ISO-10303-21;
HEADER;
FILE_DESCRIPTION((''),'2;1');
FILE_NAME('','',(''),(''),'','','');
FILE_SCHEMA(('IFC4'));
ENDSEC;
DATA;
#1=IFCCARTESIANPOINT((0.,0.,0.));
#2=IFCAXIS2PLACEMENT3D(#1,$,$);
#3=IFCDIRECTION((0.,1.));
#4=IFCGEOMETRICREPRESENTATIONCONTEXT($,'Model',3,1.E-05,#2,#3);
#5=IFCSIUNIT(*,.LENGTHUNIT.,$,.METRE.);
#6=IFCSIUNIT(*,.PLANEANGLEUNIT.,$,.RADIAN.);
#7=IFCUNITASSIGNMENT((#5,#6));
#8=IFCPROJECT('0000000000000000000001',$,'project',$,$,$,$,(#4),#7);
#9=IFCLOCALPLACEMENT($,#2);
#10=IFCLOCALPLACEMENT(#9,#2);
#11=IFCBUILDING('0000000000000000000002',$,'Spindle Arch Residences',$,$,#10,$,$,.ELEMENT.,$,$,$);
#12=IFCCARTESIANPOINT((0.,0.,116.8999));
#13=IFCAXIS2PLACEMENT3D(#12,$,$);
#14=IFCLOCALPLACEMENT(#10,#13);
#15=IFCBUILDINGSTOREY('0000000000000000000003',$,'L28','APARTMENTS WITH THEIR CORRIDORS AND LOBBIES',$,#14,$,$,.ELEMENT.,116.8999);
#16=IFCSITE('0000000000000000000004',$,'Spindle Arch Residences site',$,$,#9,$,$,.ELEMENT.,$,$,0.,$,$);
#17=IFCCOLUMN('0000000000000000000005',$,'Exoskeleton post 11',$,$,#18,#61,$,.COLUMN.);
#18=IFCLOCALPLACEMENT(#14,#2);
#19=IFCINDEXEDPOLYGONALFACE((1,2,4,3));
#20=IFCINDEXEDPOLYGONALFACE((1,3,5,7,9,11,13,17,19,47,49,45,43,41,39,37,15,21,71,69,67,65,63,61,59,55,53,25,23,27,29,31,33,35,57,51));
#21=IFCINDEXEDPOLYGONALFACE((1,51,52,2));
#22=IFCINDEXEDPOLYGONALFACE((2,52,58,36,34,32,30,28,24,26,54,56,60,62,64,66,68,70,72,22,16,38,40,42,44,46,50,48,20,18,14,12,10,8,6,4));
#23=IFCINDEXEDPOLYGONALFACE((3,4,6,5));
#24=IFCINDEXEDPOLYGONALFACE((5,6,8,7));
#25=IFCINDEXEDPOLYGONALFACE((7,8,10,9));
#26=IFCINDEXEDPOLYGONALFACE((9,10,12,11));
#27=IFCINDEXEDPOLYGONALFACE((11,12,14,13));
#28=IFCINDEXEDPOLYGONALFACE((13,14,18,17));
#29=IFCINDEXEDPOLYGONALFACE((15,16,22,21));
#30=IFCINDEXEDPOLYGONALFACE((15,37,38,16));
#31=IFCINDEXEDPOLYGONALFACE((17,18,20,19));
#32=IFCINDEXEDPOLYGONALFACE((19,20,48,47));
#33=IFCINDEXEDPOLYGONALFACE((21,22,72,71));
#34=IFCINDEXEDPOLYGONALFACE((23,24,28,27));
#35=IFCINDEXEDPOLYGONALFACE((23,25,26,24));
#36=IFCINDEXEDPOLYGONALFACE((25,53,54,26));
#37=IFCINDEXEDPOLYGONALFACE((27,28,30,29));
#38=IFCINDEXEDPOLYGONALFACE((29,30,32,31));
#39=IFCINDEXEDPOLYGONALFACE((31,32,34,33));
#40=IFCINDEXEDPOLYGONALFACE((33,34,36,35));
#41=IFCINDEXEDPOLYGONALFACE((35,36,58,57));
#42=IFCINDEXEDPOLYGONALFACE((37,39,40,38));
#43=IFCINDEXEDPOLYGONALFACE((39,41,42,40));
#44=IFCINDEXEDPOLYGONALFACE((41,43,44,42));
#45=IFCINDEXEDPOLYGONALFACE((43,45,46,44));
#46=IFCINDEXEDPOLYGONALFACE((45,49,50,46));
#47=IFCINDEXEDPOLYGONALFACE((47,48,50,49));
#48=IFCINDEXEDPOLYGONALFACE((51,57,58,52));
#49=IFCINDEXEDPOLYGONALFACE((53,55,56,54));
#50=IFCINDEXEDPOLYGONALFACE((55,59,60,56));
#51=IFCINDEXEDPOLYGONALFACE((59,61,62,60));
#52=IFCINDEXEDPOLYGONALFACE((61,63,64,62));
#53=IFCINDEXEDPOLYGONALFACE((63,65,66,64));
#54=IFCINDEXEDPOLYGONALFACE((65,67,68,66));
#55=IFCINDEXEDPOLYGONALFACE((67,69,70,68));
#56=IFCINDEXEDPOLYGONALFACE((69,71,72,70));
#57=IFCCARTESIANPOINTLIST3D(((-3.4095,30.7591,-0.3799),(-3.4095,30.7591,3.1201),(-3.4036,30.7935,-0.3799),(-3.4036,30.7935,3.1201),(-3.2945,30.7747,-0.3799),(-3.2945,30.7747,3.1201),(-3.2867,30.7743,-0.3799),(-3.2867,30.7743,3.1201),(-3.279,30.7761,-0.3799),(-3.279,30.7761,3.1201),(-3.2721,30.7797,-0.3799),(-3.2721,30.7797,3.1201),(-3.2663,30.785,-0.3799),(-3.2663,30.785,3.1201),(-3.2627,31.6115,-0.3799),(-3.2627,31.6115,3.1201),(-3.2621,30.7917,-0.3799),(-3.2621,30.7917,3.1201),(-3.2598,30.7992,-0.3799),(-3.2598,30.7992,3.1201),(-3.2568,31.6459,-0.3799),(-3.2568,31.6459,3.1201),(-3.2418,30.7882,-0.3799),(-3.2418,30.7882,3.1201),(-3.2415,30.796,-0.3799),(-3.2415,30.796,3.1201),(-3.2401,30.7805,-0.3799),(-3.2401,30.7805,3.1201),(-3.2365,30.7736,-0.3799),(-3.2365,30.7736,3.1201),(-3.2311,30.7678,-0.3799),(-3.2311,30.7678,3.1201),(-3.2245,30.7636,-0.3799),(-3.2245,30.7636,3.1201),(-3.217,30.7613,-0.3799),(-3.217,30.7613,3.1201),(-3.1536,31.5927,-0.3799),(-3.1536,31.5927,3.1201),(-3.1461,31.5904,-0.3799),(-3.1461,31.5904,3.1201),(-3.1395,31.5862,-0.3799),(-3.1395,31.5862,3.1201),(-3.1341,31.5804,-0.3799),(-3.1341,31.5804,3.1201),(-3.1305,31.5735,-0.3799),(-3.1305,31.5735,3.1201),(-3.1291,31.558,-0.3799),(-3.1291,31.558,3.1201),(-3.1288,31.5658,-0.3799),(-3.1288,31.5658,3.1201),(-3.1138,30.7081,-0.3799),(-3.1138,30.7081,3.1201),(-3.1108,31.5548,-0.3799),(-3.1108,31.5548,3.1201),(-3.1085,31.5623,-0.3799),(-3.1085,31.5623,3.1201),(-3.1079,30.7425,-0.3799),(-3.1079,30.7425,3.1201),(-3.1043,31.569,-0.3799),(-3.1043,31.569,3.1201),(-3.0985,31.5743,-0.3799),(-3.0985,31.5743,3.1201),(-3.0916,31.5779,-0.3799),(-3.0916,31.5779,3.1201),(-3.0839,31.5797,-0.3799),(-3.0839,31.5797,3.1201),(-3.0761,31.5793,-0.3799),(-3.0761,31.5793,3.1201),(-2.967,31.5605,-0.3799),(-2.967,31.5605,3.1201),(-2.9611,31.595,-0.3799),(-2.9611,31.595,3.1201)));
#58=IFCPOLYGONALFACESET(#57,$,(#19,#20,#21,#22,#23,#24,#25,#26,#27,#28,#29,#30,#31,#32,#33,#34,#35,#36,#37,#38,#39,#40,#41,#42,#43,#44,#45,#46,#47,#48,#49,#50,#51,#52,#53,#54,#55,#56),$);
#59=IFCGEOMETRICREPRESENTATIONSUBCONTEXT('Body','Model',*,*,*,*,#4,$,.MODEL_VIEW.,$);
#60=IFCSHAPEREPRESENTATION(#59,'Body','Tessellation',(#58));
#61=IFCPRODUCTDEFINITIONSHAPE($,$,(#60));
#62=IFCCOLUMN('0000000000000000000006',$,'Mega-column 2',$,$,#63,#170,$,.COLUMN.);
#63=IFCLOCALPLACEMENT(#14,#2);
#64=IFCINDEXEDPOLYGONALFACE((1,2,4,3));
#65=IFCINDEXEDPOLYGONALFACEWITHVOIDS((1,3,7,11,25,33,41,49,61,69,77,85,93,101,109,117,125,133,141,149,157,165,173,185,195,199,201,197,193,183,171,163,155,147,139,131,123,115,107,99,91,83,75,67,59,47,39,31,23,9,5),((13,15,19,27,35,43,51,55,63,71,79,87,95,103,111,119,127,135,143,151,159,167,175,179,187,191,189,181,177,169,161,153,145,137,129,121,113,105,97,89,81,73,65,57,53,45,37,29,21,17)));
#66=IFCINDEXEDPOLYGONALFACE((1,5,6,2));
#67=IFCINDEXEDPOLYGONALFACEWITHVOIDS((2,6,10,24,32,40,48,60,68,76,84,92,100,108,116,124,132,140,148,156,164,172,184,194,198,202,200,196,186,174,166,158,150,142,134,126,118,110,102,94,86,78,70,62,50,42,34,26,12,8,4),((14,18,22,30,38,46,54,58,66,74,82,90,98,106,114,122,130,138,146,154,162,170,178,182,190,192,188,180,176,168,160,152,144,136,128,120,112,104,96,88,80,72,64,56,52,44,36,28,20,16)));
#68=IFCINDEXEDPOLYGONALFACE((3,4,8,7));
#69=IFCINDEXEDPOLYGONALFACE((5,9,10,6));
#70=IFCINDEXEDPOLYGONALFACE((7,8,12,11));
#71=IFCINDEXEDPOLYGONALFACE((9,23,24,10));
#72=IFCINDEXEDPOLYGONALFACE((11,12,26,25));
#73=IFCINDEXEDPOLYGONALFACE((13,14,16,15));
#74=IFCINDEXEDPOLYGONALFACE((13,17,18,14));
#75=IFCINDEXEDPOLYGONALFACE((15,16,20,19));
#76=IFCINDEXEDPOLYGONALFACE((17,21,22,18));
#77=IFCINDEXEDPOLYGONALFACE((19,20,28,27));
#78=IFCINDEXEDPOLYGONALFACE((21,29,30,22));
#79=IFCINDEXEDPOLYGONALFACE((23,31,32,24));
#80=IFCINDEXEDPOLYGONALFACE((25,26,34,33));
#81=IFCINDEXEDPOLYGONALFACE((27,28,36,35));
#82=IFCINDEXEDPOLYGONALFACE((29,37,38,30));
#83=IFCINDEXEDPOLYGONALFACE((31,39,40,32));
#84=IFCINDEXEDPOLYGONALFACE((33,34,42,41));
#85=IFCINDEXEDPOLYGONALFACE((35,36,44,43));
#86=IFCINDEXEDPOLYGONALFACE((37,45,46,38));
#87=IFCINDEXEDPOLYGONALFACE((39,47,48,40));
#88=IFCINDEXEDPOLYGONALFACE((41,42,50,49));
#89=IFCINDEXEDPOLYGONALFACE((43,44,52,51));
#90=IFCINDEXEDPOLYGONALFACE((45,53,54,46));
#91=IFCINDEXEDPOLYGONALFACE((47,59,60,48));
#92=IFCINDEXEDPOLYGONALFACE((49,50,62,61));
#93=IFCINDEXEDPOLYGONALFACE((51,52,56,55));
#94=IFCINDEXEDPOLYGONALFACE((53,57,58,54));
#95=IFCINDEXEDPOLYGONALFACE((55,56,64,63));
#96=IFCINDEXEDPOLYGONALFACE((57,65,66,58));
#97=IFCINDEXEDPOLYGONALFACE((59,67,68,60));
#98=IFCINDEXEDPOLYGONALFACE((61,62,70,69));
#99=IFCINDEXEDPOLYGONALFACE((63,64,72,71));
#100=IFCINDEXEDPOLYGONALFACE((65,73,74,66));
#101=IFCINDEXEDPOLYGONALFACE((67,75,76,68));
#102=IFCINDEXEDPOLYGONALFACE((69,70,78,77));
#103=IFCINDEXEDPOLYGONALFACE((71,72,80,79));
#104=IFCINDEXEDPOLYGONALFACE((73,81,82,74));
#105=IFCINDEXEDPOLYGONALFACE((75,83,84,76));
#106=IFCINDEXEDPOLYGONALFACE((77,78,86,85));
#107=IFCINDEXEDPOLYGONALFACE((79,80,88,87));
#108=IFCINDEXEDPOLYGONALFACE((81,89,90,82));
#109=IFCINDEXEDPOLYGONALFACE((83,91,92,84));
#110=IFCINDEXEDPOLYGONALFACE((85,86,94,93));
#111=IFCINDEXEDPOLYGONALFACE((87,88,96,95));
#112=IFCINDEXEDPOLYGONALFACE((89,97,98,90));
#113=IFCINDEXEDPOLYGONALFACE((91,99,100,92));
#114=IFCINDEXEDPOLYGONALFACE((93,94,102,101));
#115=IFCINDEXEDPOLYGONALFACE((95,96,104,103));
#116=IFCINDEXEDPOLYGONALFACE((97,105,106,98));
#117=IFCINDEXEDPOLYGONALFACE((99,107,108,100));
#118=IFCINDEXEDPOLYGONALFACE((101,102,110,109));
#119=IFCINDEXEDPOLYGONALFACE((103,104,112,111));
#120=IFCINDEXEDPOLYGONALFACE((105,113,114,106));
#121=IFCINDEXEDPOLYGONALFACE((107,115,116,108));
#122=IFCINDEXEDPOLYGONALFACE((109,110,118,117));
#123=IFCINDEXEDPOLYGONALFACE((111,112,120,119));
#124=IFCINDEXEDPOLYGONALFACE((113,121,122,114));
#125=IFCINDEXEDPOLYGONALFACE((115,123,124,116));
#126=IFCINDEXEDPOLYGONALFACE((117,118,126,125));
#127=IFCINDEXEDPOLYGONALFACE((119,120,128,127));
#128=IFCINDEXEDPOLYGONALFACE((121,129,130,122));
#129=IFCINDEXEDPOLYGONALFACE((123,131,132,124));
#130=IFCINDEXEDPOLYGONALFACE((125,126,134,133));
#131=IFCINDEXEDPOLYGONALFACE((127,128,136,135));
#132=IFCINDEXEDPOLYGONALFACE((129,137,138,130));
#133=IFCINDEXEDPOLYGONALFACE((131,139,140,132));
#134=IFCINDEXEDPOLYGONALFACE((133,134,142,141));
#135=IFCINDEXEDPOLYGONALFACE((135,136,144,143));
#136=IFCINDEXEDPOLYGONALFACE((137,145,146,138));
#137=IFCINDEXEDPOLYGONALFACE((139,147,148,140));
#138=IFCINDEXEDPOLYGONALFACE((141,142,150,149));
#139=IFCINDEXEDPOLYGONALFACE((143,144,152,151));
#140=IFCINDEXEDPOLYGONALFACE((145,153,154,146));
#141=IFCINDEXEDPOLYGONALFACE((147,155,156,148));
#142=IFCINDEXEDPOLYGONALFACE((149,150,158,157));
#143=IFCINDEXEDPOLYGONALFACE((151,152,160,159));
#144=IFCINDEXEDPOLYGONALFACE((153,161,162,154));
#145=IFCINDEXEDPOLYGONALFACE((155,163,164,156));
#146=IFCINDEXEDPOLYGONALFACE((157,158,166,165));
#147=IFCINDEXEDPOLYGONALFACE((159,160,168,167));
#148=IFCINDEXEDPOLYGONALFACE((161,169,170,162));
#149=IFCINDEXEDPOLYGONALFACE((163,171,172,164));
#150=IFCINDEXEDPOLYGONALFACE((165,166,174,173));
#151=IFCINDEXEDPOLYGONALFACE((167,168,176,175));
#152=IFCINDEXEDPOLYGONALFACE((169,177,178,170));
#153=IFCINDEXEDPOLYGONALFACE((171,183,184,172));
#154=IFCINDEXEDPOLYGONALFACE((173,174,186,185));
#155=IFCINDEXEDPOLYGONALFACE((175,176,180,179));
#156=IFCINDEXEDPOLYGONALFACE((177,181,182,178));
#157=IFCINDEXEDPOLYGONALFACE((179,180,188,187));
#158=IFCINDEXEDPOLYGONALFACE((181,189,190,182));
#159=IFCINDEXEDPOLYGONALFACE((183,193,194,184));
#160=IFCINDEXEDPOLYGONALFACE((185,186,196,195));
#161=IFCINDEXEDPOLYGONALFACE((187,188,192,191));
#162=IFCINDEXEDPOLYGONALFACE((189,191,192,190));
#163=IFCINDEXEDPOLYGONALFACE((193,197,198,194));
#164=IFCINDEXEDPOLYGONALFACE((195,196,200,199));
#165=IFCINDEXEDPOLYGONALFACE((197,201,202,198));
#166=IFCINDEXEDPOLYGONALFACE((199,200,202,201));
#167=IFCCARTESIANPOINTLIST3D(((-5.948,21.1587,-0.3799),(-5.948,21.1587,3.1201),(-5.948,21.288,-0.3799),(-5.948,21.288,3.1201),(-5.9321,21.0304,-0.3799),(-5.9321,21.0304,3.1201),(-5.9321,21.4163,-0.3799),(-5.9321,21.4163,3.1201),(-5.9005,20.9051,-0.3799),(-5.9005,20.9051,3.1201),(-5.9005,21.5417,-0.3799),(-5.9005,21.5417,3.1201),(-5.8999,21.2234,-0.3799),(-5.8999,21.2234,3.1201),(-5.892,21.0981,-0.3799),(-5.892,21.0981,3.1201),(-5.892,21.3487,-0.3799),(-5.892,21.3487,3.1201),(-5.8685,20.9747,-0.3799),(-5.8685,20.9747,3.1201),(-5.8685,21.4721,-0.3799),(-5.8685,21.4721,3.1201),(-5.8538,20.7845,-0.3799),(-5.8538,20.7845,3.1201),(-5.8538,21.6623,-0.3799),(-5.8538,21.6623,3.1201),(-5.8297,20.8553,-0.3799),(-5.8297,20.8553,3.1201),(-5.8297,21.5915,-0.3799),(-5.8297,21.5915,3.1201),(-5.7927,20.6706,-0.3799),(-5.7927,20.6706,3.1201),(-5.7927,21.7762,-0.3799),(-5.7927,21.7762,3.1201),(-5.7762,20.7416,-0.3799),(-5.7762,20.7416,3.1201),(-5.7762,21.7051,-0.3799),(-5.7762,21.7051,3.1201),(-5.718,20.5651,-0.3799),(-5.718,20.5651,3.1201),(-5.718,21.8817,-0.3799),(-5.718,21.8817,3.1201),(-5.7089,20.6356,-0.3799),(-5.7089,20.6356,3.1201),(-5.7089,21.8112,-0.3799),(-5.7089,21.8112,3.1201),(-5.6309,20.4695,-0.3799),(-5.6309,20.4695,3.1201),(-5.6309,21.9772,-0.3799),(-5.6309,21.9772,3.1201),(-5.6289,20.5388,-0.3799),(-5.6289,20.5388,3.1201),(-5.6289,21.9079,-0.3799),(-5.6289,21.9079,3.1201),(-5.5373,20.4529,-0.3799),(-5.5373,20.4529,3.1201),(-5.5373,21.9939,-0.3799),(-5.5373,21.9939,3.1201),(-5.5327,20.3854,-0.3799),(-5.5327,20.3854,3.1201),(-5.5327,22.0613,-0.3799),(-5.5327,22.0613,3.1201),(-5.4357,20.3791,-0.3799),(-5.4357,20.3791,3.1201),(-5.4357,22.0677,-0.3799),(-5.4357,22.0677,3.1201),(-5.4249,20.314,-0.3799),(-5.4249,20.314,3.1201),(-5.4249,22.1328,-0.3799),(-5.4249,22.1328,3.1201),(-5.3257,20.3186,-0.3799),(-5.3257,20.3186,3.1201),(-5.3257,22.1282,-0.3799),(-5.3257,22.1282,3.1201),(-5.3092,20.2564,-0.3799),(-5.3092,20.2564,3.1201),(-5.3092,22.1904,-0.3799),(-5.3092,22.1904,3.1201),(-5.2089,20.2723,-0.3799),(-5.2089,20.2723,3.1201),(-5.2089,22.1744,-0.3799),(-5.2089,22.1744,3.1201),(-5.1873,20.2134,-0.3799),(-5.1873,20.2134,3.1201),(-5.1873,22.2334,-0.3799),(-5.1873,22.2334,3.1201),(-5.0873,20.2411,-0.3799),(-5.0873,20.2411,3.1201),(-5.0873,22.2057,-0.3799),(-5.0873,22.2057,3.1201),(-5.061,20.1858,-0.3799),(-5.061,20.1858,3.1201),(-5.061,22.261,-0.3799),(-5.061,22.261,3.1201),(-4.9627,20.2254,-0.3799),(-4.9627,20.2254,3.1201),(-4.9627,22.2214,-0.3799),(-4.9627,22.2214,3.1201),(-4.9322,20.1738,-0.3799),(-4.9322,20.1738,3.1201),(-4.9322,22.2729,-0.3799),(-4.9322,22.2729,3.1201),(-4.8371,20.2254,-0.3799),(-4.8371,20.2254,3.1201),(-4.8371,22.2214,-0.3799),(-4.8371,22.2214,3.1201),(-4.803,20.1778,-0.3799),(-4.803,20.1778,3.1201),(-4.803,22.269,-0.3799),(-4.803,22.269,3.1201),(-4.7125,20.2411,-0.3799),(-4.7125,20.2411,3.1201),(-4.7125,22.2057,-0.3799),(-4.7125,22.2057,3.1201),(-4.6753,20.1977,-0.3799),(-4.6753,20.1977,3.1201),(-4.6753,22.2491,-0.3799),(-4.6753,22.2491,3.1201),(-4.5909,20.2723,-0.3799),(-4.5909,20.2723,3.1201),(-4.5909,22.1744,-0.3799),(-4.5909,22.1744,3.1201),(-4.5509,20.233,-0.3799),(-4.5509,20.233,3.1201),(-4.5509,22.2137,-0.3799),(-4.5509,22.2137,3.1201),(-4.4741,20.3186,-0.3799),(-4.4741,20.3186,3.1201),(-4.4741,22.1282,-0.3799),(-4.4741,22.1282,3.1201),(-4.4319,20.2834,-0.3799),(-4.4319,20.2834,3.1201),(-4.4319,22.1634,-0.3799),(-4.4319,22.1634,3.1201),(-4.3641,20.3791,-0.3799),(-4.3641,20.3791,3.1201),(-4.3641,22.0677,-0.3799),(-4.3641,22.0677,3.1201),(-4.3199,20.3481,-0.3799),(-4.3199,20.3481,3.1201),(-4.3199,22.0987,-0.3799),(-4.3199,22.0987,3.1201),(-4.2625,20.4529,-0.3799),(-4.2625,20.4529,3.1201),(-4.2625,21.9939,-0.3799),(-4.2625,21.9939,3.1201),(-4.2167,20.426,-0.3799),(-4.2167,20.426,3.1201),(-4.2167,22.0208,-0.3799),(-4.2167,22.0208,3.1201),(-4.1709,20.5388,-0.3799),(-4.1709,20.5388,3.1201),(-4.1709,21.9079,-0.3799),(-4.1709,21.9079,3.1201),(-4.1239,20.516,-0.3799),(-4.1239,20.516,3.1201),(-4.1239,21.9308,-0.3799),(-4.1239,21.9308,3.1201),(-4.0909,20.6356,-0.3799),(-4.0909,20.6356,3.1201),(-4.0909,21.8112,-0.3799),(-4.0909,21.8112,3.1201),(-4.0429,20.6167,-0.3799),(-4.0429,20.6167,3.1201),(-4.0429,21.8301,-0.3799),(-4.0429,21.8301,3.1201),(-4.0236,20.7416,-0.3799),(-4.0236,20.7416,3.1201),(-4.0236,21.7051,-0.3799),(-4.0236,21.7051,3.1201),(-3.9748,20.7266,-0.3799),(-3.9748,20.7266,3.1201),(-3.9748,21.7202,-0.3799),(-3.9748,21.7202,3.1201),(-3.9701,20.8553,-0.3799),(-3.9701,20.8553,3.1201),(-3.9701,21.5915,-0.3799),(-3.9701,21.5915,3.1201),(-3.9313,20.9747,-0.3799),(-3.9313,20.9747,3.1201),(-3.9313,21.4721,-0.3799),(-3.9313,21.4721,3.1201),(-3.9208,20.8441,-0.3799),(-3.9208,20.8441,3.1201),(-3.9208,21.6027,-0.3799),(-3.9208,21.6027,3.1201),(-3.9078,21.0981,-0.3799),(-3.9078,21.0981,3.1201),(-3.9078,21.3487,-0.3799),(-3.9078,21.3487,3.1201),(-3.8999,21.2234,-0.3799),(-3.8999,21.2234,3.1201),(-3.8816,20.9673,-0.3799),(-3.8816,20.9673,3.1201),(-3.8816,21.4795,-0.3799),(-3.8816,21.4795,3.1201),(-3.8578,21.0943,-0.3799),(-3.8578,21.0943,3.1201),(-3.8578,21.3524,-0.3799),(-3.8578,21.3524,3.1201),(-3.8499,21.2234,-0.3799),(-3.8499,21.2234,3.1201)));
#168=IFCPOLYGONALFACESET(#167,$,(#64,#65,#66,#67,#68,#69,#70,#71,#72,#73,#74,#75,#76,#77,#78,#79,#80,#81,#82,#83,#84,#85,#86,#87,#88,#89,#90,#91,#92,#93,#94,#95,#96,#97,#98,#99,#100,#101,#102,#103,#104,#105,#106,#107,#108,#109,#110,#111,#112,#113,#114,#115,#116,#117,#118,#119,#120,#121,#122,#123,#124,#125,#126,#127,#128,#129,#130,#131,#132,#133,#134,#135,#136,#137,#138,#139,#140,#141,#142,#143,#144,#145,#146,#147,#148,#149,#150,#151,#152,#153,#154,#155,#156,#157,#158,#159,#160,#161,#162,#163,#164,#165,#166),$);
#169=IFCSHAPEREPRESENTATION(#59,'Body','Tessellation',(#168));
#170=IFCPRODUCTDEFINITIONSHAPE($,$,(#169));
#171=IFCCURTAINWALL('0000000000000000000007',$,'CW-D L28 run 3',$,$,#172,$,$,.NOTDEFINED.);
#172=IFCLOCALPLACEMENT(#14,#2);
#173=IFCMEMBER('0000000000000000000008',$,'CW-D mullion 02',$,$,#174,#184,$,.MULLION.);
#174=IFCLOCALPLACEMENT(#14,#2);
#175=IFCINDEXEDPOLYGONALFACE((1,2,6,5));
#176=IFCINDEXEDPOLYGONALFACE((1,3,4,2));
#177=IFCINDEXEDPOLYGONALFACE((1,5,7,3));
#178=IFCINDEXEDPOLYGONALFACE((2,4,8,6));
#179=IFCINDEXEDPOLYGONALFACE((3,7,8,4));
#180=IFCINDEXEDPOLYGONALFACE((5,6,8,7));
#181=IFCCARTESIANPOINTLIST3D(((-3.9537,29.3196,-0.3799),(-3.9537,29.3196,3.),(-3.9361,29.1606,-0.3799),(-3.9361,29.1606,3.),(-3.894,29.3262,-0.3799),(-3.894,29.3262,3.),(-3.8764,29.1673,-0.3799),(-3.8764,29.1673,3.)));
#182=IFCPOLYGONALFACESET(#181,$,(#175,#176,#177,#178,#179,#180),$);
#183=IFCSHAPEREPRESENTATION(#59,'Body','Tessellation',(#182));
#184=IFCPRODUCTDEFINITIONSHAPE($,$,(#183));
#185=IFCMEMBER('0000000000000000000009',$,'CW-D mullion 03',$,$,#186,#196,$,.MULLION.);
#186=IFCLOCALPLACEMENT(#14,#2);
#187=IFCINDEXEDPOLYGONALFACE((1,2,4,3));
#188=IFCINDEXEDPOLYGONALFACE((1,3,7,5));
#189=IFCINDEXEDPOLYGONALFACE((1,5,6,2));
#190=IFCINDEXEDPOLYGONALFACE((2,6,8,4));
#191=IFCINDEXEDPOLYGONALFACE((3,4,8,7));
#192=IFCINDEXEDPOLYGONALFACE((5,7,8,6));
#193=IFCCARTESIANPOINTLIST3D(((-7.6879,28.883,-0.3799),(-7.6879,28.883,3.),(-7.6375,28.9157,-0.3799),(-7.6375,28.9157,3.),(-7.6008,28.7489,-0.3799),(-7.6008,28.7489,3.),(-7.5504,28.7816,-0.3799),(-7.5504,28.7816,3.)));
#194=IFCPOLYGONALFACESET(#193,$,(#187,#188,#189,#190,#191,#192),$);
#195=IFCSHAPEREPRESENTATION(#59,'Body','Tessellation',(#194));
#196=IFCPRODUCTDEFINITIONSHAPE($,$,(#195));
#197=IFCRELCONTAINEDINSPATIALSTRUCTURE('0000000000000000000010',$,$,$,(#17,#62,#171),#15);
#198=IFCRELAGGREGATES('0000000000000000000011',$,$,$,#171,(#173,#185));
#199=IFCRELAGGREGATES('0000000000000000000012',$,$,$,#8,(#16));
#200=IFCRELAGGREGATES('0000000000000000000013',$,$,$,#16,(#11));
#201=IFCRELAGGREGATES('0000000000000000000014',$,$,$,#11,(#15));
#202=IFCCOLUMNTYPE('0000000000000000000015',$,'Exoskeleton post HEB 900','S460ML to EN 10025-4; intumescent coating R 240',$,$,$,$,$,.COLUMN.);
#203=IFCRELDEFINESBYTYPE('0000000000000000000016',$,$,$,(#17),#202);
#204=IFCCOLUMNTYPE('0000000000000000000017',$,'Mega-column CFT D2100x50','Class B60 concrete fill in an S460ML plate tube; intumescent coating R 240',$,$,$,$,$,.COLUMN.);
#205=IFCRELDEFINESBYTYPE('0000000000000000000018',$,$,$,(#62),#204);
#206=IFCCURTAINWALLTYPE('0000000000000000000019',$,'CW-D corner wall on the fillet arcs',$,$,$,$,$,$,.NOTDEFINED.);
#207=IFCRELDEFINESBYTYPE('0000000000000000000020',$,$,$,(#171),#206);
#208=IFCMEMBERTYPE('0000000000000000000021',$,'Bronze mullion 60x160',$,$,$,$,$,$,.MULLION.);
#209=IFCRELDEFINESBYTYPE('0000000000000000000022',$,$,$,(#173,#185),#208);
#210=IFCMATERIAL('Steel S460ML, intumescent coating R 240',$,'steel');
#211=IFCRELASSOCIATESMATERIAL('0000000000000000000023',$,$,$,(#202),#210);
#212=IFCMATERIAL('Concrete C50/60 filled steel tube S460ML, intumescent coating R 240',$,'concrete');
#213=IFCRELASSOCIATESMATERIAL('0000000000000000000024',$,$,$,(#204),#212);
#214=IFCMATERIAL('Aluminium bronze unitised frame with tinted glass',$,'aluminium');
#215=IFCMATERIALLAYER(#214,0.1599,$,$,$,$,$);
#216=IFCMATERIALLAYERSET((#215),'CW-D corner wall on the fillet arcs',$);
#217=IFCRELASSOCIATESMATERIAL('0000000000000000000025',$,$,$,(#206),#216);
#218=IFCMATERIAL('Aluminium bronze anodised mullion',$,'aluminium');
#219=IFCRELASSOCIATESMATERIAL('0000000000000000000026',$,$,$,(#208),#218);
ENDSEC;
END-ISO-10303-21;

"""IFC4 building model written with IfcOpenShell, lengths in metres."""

from ifc_helpers import new_model, si_unit, direction, frame, origin, origin_2d, place, context, subcontext, project, spatial, rectangle, hollow_circle, i_section, extrude, material, layer, layer_set, material_profile, profile_set, type_object, element, aggregate, save


model = new_model("IFC4")

# Units and contexts
model_context = context("Model", 3, precision=1e-05, world=origin(), true_north=direction((0.0, 1.0)))
body_context = subcontext(model_context, "Body", "Model", "MODEL_VIEW")
ifc_project = project(units=[si_unit("LENGTHUNIT", "METRE"), si_unit("PLANEANGLEUNIT", "RADIAN")], contexts=[model_context])

# Site, building, storey
site_placement = place(None, origin())
site = spatial("IfcSite", under=ifc_project, at=site_placement, Name="Spindle Arch Residences site", CompositionType="ELEMENT", RefElevation=0.0)
building_placement = place(site_placement, origin())
building = spatial("IfcBuilding", under=site, at=building_placement, Name="Spindle Arch Residences", CompositionType="ELEMENT")
storey_placement = place(building_placement, frame((0.0, 0.0, 116.8999)))
storey = spatial("IfcBuildingStorey", under=building, at=storey_placement, Name="L28", Description="APARTMENTS WITH THEIR CORRIDORS AND LOBBIES", CompositionType="ELEMENT", Elevation=116.8999)

# Columns
ifc_material_1 = material(Name="Steel S460ML, intumescent coating R 240", Category="steel")
ifc_material_profile_1 = material_profile(ifc_material_1, i_section(OverallWidth=0.3, OverallDepth=0.8999, WebThickness=0.0186, FlangeThickness=0.0349, FilletRadius=0.03, at=origin_2d()), Name="HEB 900")
ifc_profile_set_1 = profile_set([ifc_material_profile_1], Name="Steel S460ML, intumescent coating R 240")
column_type_1 = type_object("IfcColumnType", Name="Exoskeleton post HEB 900", Description="S460ML to EN 10025-4; intumescent coating R 240", PredefinedType="COLUMN", material=ifc_profile_set_1)
column_1_placement = place(storey_placement, frame((-3.1853, 31.177, -0.3799), z_axis=(0.0, 0.0, 1.0), x_axis=(0.985485, -0.169765, 0.0)))
element("IfcColumn", 1, at=column_1_placement, inside=storey, type_object=column_type_1, Name="Exoskeleton post 11", PredefinedType="COLUMN", context=body_context, shape_type="SweptSolid", body=[
    extrude(i_section(OverallWidth=0.3, OverallDepth=0.8999, WebThickness=0.0186, FlangeThickness=0.0349, FilletRadius=0.03, at=origin_2d()), origin(), (0.0, 0.0, 1.0), 3.5),
])
ifc_material_2 = material(Name="Concrete C50/60 filled steel tube S460ML, intumescent coating R 240", Category="concrete")
ifc_material_profile_2 = material_profile(ifc_material_2, hollow_circle(Radius=1.05, WallThickness=0.05, at=origin_2d()), Name="CFT D2100x50")
ifc_profile_set_2 = profile_set([ifc_material_profile_2], Name="Concrete C50/60 filled steel tube S460ML, intumescent coating R 240")
column_type_2 = type_object("IfcColumnType", Name="Mega-column CFT D2100x50", Description="Class B60 concrete fill in an S460ML plate tube; intumescent coating R 240", PredefinedType="COLUMN", material=ifc_profile_set_2)
column_2_placement = place(storey_placement, frame((-4.8999, 21.2234, -0.3799), z_axis=(0.0, 0.0, 1.0), x_axis=(1.0, 0.0, 0.0)))
element("IfcColumn", 2, at=column_2_placement, inside=storey, type_object=column_type_2, Name="Mega-column 2", PredefinedType="COLUMN", context=body_context, shape_type="SweptSolid", body=[
    extrude(hollow_circle(Radius=1.05, WallThickness=0.05, at=origin_2d()), origin(), (0.0, 0.0, 1.0), 3.5),
])

# Curtain wall, members
ifc_material_3 = material(Name="Aluminium bronze unitised frame with tinted glass", Category="aluminium")
ifc_layer_1 = layer(ifc_material_3, 0.1599)
ifc_layer_set_1 = layer_set([ifc_layer_1], Name="CW-D corner wall on the fillet arcs")
curtain_wall_type = type_object("IfcCurtainWallType", Name="CW-D corner wall on the fillet arcs", PredefinedType="NOTDEFINED", material=ifc_layer_set_1)
curtain_wall_placement = place(storey_placement, origin())
curtain_wall = element("IfcCurtainWall", 3, at=curtain_wall_placement, inside=storey, type_object=curtain_wall_type, Name="CW-D L28 run 3", PredefinedType="NOTDEFINED")
ifc_material_4 = material(Name="Aluminium bronze anodised mullion", Category="aluminium")
ifc_material_profile_3 = material_profile(ifc_material_4, rectangle(XDim=0.1599, YDim=0.0601, at=origin_2d()), Name="MU 60x160")
ifc_profile_set_3 = profile_set([ifc_material_profile_3], Name="Aluminium bronze anodised mullion")
member_type_1 = type_object("IfcMemberType", Name="Bronze mullion 60x160", PredefinedType="MULLION", material=ifc_profile_set_3)
member_1_placement = place(storey_placement, frame((-3.915, 29.2434, -0.3799), z_axis=(0.0, 0.0, 1.0), x_axis=(0.110313, -0.993897, 0.0)))
member_1 = element("IfcMember", 4, at=member_1_placement, type_object=member_type_1, Name="CW-D mullion 02", PredefinedType="MULLION", context=body_context, shape_type="SweptSolid", body=[
    extrude(rectangle(XDim=0.1599, YDim=0.0601, at=origin_2d()), origin(), (0.0, 0.0, 1.0), 3.3799),
])
member_2_placement = place(storey_placement, frame((-7.6191, 28.8323, -0.3799), z_axis=(0.0, 0.0, 1.0), x_axis=(0.544639, -0.838671, 0.0)))
member_2 = element("IfcMember", 5, at=member_2_placement, type_object=member_type_1, Name="CW-D mullion 03", PredefinedType="MULLION", context=body_context, shape_type="SweptSolid", body=[
    extrude(rectangle(XDim=0.1599, YDim=0.0601, at=origin_2d()), origin(), (0.0, 0.0, 1.0), 3.3799),
])

aggregate(curtain_wall, [member_1, member_2])

save(model, "model.ifc")
